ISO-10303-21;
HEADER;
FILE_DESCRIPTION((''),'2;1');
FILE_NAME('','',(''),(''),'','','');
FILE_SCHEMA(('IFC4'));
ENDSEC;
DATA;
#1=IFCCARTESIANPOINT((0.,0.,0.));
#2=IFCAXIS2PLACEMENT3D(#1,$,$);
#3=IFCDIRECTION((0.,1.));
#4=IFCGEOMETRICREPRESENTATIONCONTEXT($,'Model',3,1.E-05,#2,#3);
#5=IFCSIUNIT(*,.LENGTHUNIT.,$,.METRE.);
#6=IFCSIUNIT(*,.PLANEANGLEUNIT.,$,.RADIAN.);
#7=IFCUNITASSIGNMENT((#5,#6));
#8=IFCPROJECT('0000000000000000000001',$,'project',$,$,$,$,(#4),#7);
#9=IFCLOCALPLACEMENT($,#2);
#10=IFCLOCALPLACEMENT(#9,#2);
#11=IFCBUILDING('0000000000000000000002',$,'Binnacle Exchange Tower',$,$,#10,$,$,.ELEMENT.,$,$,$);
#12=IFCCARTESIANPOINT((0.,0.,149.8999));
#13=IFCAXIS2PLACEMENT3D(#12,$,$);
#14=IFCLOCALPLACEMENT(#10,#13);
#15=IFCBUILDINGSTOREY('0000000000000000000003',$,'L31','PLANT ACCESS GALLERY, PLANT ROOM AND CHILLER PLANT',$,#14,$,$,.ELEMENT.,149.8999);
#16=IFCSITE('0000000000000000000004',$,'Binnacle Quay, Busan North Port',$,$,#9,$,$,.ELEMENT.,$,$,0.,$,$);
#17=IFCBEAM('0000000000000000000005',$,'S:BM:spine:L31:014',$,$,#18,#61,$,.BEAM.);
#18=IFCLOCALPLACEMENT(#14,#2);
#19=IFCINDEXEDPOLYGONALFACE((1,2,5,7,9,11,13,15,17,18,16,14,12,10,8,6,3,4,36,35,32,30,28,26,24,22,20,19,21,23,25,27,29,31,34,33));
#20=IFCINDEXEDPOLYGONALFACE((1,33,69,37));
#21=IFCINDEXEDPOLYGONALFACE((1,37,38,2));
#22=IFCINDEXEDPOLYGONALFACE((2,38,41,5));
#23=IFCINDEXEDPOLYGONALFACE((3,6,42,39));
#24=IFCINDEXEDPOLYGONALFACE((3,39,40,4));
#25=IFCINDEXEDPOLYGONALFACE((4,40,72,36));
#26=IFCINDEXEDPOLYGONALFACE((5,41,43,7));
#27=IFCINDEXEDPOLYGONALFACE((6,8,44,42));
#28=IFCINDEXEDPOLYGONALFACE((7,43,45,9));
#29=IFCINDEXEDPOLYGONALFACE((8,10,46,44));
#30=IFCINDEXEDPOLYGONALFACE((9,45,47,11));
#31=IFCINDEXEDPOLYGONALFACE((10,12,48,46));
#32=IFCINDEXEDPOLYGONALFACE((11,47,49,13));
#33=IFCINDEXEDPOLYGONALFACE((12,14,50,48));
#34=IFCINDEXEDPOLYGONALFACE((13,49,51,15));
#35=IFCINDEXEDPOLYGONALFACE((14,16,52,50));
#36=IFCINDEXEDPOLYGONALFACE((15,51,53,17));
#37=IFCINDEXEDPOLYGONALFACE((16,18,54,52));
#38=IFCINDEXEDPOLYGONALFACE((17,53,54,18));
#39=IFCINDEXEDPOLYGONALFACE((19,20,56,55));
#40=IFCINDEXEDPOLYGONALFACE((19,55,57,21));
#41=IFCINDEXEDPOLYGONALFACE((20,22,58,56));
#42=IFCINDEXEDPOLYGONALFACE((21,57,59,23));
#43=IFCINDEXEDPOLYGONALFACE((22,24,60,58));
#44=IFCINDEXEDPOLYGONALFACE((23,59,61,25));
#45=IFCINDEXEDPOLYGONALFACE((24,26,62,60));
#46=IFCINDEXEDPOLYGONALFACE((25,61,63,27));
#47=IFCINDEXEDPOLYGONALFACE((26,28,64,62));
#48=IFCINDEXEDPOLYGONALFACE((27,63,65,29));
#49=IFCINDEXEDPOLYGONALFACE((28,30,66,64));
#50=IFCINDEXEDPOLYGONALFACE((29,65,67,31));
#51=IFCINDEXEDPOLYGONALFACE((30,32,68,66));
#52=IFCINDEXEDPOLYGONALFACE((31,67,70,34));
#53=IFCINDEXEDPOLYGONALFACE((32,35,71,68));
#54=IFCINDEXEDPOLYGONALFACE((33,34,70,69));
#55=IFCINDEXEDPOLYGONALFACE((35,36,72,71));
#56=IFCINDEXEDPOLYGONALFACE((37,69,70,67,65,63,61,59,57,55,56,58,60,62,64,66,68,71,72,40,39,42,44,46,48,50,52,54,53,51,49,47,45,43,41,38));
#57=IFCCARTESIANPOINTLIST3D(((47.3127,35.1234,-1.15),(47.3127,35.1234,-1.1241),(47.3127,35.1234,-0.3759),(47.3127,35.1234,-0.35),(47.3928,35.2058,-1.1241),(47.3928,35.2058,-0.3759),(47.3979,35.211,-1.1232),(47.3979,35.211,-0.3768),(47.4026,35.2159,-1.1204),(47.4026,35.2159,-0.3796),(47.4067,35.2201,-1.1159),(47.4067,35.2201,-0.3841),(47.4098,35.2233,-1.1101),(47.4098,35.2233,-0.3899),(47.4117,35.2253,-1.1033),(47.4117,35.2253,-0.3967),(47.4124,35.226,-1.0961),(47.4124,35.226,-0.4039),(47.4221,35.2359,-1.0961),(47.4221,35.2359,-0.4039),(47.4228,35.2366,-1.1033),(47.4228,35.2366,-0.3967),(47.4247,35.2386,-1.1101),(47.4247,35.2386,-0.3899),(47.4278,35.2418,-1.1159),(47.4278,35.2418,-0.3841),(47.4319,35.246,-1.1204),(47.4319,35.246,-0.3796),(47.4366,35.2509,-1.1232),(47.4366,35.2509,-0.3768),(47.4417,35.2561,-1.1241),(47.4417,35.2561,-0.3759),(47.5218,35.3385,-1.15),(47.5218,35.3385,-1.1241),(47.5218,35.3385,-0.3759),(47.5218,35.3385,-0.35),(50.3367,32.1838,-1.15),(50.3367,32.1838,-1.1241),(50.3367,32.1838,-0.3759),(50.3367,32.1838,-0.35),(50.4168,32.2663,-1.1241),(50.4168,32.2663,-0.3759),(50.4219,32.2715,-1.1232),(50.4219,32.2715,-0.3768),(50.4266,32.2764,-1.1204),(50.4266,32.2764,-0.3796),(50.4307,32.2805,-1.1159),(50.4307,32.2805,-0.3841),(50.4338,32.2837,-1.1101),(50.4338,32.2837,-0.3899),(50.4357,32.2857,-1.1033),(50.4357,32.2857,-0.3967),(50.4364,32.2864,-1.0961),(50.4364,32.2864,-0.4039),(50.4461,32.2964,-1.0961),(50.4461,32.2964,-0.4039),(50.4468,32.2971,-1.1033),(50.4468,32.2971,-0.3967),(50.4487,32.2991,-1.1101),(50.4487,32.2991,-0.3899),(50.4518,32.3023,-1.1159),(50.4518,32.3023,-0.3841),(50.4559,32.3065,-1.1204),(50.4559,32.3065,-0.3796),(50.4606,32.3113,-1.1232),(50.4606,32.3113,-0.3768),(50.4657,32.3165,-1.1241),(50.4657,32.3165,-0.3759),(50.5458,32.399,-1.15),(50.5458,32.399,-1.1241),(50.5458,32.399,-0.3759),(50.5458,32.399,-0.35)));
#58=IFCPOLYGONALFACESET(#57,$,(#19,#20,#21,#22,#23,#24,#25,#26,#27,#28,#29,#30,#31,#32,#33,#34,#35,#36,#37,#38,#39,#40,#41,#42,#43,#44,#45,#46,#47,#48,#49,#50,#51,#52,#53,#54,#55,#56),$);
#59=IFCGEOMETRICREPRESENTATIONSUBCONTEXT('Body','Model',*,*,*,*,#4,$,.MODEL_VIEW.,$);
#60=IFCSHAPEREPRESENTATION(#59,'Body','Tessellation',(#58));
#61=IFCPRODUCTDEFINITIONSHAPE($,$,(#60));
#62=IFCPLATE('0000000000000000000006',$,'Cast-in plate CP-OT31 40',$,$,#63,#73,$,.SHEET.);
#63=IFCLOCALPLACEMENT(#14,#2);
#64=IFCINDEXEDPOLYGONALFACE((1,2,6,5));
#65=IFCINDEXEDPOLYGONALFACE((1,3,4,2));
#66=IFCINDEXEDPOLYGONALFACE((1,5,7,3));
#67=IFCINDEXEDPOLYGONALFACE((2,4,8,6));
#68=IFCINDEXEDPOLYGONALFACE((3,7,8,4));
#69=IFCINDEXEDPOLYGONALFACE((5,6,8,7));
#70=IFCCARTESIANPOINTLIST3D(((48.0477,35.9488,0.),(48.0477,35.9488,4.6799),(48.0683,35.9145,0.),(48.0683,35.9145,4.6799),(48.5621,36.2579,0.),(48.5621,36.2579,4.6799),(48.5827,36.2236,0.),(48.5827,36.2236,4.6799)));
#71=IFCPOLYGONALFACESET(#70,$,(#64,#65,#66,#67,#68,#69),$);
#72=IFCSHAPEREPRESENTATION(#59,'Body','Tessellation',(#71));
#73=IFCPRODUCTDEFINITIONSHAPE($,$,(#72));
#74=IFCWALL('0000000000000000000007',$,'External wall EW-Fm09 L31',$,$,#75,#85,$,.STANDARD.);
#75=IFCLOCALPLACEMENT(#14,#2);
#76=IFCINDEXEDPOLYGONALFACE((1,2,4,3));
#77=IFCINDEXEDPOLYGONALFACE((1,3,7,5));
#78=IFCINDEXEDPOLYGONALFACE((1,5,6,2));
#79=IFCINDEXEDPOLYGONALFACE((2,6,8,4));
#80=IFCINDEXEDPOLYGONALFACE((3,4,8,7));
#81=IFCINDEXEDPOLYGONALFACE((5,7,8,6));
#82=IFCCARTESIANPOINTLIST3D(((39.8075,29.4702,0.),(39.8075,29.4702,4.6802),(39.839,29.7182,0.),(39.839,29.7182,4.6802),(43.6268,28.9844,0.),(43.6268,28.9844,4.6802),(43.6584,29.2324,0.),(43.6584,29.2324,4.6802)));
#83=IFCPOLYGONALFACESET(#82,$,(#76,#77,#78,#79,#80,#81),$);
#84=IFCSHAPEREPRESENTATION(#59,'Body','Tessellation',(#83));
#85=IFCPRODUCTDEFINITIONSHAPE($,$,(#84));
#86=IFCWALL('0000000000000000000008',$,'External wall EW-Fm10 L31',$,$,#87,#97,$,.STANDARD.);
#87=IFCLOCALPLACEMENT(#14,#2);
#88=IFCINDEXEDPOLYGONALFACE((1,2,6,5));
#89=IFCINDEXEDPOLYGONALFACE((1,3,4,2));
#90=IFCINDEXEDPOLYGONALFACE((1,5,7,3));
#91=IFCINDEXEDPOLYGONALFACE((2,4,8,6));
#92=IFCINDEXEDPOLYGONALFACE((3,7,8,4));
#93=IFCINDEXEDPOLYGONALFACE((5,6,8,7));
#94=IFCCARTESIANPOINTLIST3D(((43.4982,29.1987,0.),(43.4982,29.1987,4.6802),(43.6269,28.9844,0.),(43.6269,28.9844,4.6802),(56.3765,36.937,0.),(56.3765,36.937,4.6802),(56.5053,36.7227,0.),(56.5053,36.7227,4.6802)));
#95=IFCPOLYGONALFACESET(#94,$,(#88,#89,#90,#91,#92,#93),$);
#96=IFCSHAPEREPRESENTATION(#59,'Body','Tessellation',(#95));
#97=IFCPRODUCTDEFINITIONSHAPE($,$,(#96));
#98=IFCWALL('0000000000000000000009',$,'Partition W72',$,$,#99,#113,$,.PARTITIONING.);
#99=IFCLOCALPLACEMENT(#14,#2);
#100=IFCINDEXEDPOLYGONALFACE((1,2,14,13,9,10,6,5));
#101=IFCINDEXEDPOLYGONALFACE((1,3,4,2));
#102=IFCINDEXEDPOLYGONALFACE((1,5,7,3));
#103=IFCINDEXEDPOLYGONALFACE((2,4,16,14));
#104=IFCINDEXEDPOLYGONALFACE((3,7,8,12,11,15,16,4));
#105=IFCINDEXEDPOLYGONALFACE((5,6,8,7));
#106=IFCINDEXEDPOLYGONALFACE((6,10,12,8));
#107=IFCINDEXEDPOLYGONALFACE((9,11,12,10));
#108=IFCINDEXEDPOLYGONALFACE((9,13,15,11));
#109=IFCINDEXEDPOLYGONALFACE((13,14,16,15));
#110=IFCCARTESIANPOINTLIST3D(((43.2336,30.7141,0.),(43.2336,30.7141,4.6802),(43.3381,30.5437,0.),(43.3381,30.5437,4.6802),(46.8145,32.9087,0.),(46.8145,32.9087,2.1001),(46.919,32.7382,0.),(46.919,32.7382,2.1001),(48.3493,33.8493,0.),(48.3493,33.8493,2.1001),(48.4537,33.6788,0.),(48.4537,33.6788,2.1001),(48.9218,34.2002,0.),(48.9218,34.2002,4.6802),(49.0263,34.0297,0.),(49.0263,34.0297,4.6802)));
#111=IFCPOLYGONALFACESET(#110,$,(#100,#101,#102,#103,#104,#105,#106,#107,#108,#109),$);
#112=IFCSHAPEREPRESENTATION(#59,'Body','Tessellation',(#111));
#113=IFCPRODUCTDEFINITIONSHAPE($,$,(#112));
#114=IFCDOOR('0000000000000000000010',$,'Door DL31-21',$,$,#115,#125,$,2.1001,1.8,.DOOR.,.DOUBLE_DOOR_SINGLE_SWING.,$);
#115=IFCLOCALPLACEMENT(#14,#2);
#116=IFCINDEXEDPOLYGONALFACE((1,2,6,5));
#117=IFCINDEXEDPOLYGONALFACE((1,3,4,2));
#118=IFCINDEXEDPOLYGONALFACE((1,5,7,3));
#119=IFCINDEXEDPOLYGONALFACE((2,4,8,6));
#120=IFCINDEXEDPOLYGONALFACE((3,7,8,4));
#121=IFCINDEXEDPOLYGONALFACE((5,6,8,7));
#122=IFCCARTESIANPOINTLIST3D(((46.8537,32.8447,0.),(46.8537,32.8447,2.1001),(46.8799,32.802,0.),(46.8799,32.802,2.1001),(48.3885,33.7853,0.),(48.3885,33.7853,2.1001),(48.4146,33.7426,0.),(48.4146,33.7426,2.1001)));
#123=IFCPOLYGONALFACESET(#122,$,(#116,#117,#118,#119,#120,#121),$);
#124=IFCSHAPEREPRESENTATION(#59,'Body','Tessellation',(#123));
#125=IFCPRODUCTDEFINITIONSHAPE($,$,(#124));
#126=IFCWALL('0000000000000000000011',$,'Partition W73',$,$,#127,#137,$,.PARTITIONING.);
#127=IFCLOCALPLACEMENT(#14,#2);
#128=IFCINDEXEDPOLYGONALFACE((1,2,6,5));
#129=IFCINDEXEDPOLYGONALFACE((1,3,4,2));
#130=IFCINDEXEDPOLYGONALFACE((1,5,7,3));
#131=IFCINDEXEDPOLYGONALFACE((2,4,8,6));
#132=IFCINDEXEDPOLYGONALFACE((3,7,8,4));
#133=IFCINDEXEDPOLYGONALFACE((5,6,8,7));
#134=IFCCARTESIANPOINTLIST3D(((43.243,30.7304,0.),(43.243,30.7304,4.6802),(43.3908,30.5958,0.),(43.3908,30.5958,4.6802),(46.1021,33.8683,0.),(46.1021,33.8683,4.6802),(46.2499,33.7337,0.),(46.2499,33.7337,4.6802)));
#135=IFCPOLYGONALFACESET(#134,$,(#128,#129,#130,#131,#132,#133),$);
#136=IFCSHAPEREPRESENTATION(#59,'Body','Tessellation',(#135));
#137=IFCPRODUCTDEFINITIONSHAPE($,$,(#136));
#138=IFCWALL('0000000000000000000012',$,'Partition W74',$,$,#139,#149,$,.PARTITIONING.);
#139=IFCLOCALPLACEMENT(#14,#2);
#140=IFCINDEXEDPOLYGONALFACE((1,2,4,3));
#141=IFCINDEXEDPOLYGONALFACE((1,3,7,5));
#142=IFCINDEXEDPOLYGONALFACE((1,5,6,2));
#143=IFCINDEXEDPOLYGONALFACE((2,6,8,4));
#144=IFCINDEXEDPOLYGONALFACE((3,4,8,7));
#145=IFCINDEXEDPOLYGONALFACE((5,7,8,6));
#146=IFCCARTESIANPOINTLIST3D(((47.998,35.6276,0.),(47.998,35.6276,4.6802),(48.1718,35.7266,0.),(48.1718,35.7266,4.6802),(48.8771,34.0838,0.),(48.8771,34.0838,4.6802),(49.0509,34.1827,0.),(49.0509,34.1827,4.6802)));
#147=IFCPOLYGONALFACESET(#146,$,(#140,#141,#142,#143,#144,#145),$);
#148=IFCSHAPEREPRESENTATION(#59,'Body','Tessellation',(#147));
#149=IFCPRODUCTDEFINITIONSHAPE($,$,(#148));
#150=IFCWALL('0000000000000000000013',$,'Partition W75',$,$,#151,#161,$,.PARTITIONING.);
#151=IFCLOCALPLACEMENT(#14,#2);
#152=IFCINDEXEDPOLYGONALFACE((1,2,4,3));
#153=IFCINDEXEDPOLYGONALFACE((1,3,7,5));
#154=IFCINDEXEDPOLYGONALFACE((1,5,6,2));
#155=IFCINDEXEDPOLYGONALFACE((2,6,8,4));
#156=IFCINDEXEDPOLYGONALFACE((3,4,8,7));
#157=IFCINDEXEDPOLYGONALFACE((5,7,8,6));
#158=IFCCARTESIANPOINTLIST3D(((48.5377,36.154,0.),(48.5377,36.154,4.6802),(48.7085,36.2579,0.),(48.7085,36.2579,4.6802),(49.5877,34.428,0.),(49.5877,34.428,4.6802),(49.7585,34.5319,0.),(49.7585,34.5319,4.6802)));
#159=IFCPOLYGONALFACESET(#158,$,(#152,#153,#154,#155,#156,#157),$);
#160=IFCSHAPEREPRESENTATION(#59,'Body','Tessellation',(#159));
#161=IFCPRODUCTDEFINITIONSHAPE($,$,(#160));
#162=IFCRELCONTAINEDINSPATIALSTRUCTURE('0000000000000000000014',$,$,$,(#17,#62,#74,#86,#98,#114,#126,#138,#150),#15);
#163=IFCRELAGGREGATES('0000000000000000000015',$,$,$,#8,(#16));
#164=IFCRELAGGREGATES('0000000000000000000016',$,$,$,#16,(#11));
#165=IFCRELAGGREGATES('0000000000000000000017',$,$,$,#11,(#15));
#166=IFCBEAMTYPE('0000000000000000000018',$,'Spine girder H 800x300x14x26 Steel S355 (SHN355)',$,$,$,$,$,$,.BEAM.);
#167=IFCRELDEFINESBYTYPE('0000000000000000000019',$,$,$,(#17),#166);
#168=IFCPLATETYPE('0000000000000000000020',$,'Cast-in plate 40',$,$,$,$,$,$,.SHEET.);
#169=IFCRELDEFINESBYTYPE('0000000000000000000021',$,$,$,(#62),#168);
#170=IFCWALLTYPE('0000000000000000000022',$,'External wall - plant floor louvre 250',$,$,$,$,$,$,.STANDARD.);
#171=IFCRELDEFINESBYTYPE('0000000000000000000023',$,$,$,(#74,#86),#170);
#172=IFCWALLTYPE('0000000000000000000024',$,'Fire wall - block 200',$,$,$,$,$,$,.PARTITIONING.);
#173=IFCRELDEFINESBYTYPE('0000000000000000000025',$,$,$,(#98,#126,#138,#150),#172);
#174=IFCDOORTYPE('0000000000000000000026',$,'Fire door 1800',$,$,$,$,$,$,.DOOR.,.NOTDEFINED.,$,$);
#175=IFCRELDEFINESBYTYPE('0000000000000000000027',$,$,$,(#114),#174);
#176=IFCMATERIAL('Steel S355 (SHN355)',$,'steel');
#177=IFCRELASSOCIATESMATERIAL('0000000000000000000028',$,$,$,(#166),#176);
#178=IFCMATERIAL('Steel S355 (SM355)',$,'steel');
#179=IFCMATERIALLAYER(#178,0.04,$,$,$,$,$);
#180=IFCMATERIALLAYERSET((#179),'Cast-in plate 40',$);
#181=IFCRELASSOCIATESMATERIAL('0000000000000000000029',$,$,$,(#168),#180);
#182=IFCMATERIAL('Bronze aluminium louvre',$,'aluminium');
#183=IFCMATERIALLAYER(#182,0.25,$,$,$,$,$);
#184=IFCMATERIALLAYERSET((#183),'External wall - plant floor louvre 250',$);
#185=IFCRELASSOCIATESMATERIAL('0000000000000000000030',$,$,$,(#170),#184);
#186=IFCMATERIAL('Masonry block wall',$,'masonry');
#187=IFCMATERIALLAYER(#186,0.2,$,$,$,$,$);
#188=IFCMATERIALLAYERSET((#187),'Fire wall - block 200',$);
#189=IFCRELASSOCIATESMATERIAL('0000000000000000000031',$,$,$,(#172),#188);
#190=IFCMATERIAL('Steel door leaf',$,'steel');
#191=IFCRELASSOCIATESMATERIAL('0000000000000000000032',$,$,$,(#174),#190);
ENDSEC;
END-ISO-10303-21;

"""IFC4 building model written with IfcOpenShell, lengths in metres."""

from ifc_helpers import new_model, si_unit, direction, frame, frame_2d, origin, origin_2d, place, context, subcontext, project, spatial, rectangle, i_section, extrude, material, layer, layer_set, material_profile, profile_set, type_object, element, fill, save


model = new_model("IFC4")

# Units and contexts
model_context = context("Model", 3, precision=1e-05, world=origin(), true_north=direction((0.0, 1.0)))
body_context = subcontext(model_context, "Body", "Model", "MODEL_VIEW")
ifc_project = project(units=[si_unit("LENGTHUNIT", "METRE"), si_unit("PLANEANGLEUNIT", "RADIAN")], contexts=[model_context])

# Site, building, storey
site_placement = place(None, origin())
site = spatial("IfcSite", under=ifc_project, at=site_placement, Name="Binnacle Quay, Busan North Port", CompositionType="ELEMENT", RefElevation=0.0)
building_placement = place(site_placement, origin())
building = spatial("IfcBuilding", under=site, at=building_placement, Name="Binnacle Exchange Tower", CompositionType="ELEMENT")
storey_placement = place(building_placement, frame((0.0, 0.0, 149.8999)))
storey = spatial("IfcBuildingStorey", under=building, at=storey_placement, Name="L31", Description="PLANT ACCESS GALLERY, PLANT ROOM AND CHILLER PLANT", CompositionType="ELEMENT", Elevation=149.8999)

# Shared definitions
ifc_material_1 = material(Name="Steel S355 (SHN355)", Category="steel")

# Beam
ifc_material_profile_1 = material_profile(ifc_material_1, i_section(OverallWidth=0.3, OverallDepth=0.8, WebThickness=0.0139, FlangeThickness=0.0259, FilletRadius=0.0281, at=origin_2d()), Name="H 800x300x14x26")
ifc_profile_set_1 = profile_set([ifc_material_profile_1], Name="Steel S355 (SHN355)")
beam_type_1 = type_object("IfcBeamType", Name="Spine girder H 800x300x14x26 Steel S355 (SHN355)", PredefinedType="BEAM", material=ifc_profile_set_1)
beam_1_placement = place(storey_placement, frame((47.4172, 35.231, -0.75), z_axis=(0.717051, -0.697021, 0.0), x_axis=(0.697021, 0.717051, 0.0)))
element("IfcBeam", 1, at=beam_1_placement, inside=storey, type_object=beam_type_1, Name="S:BM:spine:L31:014", PredefinedType="BEAM", context=body_context, shape_type="SweptSolid", body=[
    extrude(i_section(OverallWidth=0.3, OverallDepth=0.8, WebThickness=0.0139, FlangeThickness=0.0259, FilletRadius=0.0281, at=origin_2d()), origin(), (0.0, 0.0, 1.0), 4.2173),
])

# Plate
ifc_material_2 = material(Name="Steel S355 (SM355)", Category="steel")
ifc_layer_1 = layer(ifc_material_2, 0.04)
ifc_layer_set_1 = layer_set([ifc_layer_1], Name="Cast-in plate 40")
plate_type = type_object("IfcPlateType", Name="Cast-in plate 40", PredefinedType="SHEET", material=ifc_layer_set_1)
plate_placement = place(storey_placement, frame((48.3152, 36.0862, 0.0), z_axis=(0.0, 0.0, 1.0), x_axis=(-0.515038, 0.857167, 0.0)))
element("IfcPlate", 2, at=plate_placement, inside=storey, type_object=plate_type, Name="Cast-in plate CP-OT31 40", PredefinedType="SHEET", context=body_context, shape_type="SweptSolid", body=[
    extrude(rectangle(XDim=0.04, YDim=0.6001, at=origin_2d()), origin(), (0.0, 0.0, 1.0), 4.6799),
])

# Walls
ifc_material_3 = material(Name="Bronze aluminium louvre", Category="aluminium")
ifc_layer_2 = layer(ifc_material_3, 0.25)
ifc_layer_set_2 = layer_set([ifc_layer_2], Name="External wall - plant floor louvre 250")
wall_type_1 = type_object("IfcWallType", Name="External wall - plant floor louvre 250", PredefinedType="STANDARD", material=ifc_layer_set_2)
wall_1_placement = place(storey_placement, frame((43.6426, 29.1084, 0.0), z_axis=(0.0, 0.0, 1.0), x_axis=(-0.992006, 0.126188, 0.0)))
element("IfcWall", 3, at=wall_1_placement, inside=storey, type_object=wall_type_1, Name="External wall EW-Fm09 L31", PredefinedType="STANDARD", context=body_context, shape_type="SweptSolid", body=[
    extrude(rectangle(XDim=3.8501, YDim=0.25, at=frame_2d((1.925, 0.0))), origin(), (0.0, 0.0, 1.0), 4.6802),
])
wall_2_placement = place(storey_placement, frame((56.4409, 36.8298, 0.0), z_axis=(0.0, 0.0, 1.0), x_axis=(-0.857163, -0.515045, 0.0)))
element("IfcWall", 4, at=wall_2_placement, inside=storey, type_object=wall_type_1, Name="External wall EW-Fm10 L31", PredefinedType="STANDARD", context=body_context, shape_type="SweptSolid", body=[
    extrude(rectangle(XDim=15.0244, YDim=0.25, at=frame_2d((7.5122, 0.0))), origin(), (0.0, 0.0, 1.0), 4.6802),
])

# Wall, opening, door
ifc_material_4 = material(Name="Masonry block wall", Category="masonry")
ifc_layer_3 = layer(ifc_material_4, 0.2)
ifc_layer_set_3 = layer_set([ifc_layer_3], Name="Fire wall - block 200")
wall_type_2 = type_object("IfcWallType", Name="Fire wall - block 200", PredefinedType="PARTITIONING", material=ifc_layer_set_3)
wall_3_placement = place(storey_placement, frame((43.2859, 30.6289, 0.0), z_axis=(0.0, 0.0, 1.0), x_axis=(0.852618, 0.522535, 0.0)))
wall_3 = element("IfcWall", 5, at=wall_3_placement, inside=storey, type_object=wall_type_2, Name="Partition W72", PredefinedType="PARTITIONING", context=body_context, shape_type="SweptSolid", body=[
    extrude(rectangle(XDim=6.6714, YDim=0.2, at=frame_2d((3.3357, 0.0))), origin(), (0.0, 0.0, 1.0), 4.6802),
])
opening_1_placement = place(wall_3_placement, frame((4.2, 0.0, 0.0)))
opening_1 = element("IfcOpeningElement", 6, at=opening_1_placement, cuts=wall_3, PredefinedType="OPENING", context=body_context, shape_type="SweptSolid", body=[
    extrude(rectangle(XDim=1.8, YDim=2.1001, at=frame_2d((0.8999, 1.05))), frame((0.0, 0.1099, 0.0), z_axis=(0.0, -1.0, 0.0), x_axis=(1.0, 0.0, 0.0)), (0.0, 0.0, 1.0), 0.22),
])
ifc_material_5 = material(Name="Steel door leaf", Category="steel")
door_type = type_object("IfcDoorType", Name="Fire door 1800", OperationType="NOTDEFINED", PredefinedType="DOOR", material=ifc_material_5)
door_1_placement = place(opening_1_placement, origin())
door_1 = element("IfcDoor", 7, at=door_1_placement, inside=storey, type_object=door_type, Name="Door DL31-21", OperationType="DOUBLE_DOOR_SINGLE_SWING", OverallHeight=2.1001, OverallWidth=1.8, PredefinedType="DOOR", context=body_context, shape_type="SweptSolid", body=[
    extrude(rectangle(XDim=1.8, YDim=2.1001, at=frame_2d((0.8999, 1.05))), frame((0.0, 0.0249, 0.0), z_axis=(0.0, -1.0, 0.0), x_axis=(1.0, 0.0, 0.0)), (0.0, 0.0, 1.0), 0.05),
])
fill(opening_1, door_1)

# Walls
wall_4_placement = place(storey_placement, frame((43.3169, 30.6631, 0.0), z_axis=(0.0, 0.0, 1.0), x_axis=(0.673505, 0.739182, 0.0)))
element("IfcWall", 8, at=wall_4_placement, inside=storey, type_object=wall_type_2, Name="Partition W73", PredefinedType="PARTITIONING", context=body_context, shape_type="SweptSolid", body=[
    extrude(rectangle(XDim=4.2451, YDim=0.2, at=frame_2d((2.1226, 0.0))), origin(), (0.0, 0.0, 1.0), 4.6802),
])
wall_5_placement = place(storey_placement, frame((48.085, 35.677, 0.0), z_axis=(0.0, 0.0, 1.0), x_axis=(0.494821, -0.868995, 0.0)))
element("IfcWall", 9, at=wall_5_placement, inside=storey, type_object=wall_type_2, Name="Partition W74", PredefinedType="PARTITIONING", context=body_context, shape_type="SweptSolid", body=[
    extrude(rectangle(XDim=1.7766, YDim=0.2, at=frame_2d((0.8882, 0.0))), origin(), (0.0, 0.0, 1.0), 4.6802),
])
wall_6_placement = place(storey_placement, frame((48.623, 36.2061, 0.0), z_axis=(0.0, 0.0, 1.0), x_axis=(0.519728, -0.854332, 0.0)))
element("IfcWall", 10, at=wall_6_placement, inside=storey, type_object=wall_type_2, Name="Partition W75", PredefinedType="PARTITIONING", context=body_context, shape_type="SweptSolid", body=[
    extrude(rectangle(XDim=2.0203, YDim=0.2, at=frame_2d((1.0103, 0.0))), origin(), (0.0, 0.0, 1.0), 4.6802),
])

save(model, "model.ifc")
